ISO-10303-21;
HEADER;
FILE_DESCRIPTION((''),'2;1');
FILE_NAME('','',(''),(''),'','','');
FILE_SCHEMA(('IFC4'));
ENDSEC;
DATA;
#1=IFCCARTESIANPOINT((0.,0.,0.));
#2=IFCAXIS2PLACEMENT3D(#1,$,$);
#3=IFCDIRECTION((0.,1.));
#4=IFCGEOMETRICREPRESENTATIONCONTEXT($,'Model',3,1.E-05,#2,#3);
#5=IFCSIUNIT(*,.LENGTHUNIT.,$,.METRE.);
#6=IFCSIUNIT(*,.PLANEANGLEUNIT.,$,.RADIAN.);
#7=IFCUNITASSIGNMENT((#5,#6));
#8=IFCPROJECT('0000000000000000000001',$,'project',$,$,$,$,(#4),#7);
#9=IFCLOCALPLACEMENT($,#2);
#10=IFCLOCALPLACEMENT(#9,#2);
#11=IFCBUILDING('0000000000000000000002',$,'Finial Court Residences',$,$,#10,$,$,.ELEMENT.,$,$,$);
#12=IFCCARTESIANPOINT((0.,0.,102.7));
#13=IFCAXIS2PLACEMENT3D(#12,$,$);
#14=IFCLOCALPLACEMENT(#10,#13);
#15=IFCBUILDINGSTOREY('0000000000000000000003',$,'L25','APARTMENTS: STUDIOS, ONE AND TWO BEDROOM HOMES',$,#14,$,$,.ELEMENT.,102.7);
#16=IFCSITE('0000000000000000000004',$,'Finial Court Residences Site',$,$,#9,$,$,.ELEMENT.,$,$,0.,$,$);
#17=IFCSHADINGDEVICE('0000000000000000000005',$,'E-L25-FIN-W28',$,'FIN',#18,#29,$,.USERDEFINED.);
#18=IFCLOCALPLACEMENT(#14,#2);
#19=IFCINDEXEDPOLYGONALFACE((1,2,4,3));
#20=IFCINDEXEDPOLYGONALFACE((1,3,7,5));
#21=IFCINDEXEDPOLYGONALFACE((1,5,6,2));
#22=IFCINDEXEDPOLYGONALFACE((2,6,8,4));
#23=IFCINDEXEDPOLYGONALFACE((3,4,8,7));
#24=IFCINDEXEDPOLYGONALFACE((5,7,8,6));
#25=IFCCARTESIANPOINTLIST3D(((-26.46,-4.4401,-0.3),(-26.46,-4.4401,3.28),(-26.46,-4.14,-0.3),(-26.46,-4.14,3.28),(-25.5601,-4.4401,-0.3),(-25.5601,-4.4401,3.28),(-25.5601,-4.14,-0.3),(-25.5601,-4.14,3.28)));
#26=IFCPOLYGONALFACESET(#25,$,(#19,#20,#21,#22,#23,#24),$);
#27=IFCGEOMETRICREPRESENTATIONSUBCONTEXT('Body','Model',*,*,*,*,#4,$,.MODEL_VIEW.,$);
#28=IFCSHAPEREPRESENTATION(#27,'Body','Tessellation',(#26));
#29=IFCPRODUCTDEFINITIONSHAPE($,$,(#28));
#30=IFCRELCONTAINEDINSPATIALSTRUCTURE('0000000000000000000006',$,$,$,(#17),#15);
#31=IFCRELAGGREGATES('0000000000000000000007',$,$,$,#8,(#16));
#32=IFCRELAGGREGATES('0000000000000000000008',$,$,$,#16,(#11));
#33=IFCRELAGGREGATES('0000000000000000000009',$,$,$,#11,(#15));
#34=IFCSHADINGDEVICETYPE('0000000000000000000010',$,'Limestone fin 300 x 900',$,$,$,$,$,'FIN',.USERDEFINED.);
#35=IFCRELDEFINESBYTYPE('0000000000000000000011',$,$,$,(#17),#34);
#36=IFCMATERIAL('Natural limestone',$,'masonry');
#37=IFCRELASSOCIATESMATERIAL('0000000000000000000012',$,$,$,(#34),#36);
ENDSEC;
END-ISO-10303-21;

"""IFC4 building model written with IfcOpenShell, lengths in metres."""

from ifc_helpers import new_model, si_unit, direction, frame, origin, origin_2d, place, context, subcontext, project, spatial, rectangle, extrude, material, type_object, element, save


model = new_model("IFC4")

# Units and contexts
model_context = context("Model", 3, precision=1e-05, world=origin(), true_north=direction((0.0, 1.0)))
body_context = subcontext(model_context, "Body", "Model", "MODEL_VIEW")
ifc_project = project(units=[si_unit("LENGTHUNIT", "METRE"), si_unit("PLANEANGLEUNIT", "RADIAN")], contexts=[model_context])

# Site, building, storey
site_placement = place(None, origin())
site = spatial("IfcSite", under=ifc_project, at=site_placement, Name="Finial Court Residences Site", CompositionType="ELEMENT", RefElevation=0.0)
building_placement = place(site_placement, origin())
building = spatial("IfcBuilding", under=site, at=building_placement, Name="Finial Court Residences", CompositionType="ELEMENT")
storey_placement = place(building_placement, frame((0.0, 0.0, 102.7)))
storey = spatial("IfcBuildingStorey", under=building, at=storey_placement, Name="L25", Description="APARTMENTS: STUDIOS, ONE AND TWO BEDROOM HOMES", CompositionType="ELEMENT", Elevation=102.7)

# Shared definitions
ifc_material_1 = material(Name="Natural limestone", Category="masonry")

# Shading device
shading_device_type = type_object("IfcShadingDeviceType", Name="Limestone fin 300 x 900", ElementType="FIN", PredefinedType="USERDEFINED", material=ifc_material_1)
shading_device_placement = place(storey_placement, frame((-26.01, -4.29, -0.3), z_axis=(0.0, 0.0, 1.0), x_axis=(1.0, 0.0, 0.0)))
element("IfcShadingDevice", 1, at=shading_device_placement, inside=storey, type_object=shading_device_type, Name="E-L25-FIN-W28", ObjectType="FIN", PredefinedType="USERDEFINED", context=body_context, shape_type="SweptSolid", body=[
    extrude(rectangle(XDim=0.8999, YDim=0.3, at=origin_2d()), origin(), (0.0, 0.0, 1.0), 3.5801),
])

save(model, "model.ifc")
